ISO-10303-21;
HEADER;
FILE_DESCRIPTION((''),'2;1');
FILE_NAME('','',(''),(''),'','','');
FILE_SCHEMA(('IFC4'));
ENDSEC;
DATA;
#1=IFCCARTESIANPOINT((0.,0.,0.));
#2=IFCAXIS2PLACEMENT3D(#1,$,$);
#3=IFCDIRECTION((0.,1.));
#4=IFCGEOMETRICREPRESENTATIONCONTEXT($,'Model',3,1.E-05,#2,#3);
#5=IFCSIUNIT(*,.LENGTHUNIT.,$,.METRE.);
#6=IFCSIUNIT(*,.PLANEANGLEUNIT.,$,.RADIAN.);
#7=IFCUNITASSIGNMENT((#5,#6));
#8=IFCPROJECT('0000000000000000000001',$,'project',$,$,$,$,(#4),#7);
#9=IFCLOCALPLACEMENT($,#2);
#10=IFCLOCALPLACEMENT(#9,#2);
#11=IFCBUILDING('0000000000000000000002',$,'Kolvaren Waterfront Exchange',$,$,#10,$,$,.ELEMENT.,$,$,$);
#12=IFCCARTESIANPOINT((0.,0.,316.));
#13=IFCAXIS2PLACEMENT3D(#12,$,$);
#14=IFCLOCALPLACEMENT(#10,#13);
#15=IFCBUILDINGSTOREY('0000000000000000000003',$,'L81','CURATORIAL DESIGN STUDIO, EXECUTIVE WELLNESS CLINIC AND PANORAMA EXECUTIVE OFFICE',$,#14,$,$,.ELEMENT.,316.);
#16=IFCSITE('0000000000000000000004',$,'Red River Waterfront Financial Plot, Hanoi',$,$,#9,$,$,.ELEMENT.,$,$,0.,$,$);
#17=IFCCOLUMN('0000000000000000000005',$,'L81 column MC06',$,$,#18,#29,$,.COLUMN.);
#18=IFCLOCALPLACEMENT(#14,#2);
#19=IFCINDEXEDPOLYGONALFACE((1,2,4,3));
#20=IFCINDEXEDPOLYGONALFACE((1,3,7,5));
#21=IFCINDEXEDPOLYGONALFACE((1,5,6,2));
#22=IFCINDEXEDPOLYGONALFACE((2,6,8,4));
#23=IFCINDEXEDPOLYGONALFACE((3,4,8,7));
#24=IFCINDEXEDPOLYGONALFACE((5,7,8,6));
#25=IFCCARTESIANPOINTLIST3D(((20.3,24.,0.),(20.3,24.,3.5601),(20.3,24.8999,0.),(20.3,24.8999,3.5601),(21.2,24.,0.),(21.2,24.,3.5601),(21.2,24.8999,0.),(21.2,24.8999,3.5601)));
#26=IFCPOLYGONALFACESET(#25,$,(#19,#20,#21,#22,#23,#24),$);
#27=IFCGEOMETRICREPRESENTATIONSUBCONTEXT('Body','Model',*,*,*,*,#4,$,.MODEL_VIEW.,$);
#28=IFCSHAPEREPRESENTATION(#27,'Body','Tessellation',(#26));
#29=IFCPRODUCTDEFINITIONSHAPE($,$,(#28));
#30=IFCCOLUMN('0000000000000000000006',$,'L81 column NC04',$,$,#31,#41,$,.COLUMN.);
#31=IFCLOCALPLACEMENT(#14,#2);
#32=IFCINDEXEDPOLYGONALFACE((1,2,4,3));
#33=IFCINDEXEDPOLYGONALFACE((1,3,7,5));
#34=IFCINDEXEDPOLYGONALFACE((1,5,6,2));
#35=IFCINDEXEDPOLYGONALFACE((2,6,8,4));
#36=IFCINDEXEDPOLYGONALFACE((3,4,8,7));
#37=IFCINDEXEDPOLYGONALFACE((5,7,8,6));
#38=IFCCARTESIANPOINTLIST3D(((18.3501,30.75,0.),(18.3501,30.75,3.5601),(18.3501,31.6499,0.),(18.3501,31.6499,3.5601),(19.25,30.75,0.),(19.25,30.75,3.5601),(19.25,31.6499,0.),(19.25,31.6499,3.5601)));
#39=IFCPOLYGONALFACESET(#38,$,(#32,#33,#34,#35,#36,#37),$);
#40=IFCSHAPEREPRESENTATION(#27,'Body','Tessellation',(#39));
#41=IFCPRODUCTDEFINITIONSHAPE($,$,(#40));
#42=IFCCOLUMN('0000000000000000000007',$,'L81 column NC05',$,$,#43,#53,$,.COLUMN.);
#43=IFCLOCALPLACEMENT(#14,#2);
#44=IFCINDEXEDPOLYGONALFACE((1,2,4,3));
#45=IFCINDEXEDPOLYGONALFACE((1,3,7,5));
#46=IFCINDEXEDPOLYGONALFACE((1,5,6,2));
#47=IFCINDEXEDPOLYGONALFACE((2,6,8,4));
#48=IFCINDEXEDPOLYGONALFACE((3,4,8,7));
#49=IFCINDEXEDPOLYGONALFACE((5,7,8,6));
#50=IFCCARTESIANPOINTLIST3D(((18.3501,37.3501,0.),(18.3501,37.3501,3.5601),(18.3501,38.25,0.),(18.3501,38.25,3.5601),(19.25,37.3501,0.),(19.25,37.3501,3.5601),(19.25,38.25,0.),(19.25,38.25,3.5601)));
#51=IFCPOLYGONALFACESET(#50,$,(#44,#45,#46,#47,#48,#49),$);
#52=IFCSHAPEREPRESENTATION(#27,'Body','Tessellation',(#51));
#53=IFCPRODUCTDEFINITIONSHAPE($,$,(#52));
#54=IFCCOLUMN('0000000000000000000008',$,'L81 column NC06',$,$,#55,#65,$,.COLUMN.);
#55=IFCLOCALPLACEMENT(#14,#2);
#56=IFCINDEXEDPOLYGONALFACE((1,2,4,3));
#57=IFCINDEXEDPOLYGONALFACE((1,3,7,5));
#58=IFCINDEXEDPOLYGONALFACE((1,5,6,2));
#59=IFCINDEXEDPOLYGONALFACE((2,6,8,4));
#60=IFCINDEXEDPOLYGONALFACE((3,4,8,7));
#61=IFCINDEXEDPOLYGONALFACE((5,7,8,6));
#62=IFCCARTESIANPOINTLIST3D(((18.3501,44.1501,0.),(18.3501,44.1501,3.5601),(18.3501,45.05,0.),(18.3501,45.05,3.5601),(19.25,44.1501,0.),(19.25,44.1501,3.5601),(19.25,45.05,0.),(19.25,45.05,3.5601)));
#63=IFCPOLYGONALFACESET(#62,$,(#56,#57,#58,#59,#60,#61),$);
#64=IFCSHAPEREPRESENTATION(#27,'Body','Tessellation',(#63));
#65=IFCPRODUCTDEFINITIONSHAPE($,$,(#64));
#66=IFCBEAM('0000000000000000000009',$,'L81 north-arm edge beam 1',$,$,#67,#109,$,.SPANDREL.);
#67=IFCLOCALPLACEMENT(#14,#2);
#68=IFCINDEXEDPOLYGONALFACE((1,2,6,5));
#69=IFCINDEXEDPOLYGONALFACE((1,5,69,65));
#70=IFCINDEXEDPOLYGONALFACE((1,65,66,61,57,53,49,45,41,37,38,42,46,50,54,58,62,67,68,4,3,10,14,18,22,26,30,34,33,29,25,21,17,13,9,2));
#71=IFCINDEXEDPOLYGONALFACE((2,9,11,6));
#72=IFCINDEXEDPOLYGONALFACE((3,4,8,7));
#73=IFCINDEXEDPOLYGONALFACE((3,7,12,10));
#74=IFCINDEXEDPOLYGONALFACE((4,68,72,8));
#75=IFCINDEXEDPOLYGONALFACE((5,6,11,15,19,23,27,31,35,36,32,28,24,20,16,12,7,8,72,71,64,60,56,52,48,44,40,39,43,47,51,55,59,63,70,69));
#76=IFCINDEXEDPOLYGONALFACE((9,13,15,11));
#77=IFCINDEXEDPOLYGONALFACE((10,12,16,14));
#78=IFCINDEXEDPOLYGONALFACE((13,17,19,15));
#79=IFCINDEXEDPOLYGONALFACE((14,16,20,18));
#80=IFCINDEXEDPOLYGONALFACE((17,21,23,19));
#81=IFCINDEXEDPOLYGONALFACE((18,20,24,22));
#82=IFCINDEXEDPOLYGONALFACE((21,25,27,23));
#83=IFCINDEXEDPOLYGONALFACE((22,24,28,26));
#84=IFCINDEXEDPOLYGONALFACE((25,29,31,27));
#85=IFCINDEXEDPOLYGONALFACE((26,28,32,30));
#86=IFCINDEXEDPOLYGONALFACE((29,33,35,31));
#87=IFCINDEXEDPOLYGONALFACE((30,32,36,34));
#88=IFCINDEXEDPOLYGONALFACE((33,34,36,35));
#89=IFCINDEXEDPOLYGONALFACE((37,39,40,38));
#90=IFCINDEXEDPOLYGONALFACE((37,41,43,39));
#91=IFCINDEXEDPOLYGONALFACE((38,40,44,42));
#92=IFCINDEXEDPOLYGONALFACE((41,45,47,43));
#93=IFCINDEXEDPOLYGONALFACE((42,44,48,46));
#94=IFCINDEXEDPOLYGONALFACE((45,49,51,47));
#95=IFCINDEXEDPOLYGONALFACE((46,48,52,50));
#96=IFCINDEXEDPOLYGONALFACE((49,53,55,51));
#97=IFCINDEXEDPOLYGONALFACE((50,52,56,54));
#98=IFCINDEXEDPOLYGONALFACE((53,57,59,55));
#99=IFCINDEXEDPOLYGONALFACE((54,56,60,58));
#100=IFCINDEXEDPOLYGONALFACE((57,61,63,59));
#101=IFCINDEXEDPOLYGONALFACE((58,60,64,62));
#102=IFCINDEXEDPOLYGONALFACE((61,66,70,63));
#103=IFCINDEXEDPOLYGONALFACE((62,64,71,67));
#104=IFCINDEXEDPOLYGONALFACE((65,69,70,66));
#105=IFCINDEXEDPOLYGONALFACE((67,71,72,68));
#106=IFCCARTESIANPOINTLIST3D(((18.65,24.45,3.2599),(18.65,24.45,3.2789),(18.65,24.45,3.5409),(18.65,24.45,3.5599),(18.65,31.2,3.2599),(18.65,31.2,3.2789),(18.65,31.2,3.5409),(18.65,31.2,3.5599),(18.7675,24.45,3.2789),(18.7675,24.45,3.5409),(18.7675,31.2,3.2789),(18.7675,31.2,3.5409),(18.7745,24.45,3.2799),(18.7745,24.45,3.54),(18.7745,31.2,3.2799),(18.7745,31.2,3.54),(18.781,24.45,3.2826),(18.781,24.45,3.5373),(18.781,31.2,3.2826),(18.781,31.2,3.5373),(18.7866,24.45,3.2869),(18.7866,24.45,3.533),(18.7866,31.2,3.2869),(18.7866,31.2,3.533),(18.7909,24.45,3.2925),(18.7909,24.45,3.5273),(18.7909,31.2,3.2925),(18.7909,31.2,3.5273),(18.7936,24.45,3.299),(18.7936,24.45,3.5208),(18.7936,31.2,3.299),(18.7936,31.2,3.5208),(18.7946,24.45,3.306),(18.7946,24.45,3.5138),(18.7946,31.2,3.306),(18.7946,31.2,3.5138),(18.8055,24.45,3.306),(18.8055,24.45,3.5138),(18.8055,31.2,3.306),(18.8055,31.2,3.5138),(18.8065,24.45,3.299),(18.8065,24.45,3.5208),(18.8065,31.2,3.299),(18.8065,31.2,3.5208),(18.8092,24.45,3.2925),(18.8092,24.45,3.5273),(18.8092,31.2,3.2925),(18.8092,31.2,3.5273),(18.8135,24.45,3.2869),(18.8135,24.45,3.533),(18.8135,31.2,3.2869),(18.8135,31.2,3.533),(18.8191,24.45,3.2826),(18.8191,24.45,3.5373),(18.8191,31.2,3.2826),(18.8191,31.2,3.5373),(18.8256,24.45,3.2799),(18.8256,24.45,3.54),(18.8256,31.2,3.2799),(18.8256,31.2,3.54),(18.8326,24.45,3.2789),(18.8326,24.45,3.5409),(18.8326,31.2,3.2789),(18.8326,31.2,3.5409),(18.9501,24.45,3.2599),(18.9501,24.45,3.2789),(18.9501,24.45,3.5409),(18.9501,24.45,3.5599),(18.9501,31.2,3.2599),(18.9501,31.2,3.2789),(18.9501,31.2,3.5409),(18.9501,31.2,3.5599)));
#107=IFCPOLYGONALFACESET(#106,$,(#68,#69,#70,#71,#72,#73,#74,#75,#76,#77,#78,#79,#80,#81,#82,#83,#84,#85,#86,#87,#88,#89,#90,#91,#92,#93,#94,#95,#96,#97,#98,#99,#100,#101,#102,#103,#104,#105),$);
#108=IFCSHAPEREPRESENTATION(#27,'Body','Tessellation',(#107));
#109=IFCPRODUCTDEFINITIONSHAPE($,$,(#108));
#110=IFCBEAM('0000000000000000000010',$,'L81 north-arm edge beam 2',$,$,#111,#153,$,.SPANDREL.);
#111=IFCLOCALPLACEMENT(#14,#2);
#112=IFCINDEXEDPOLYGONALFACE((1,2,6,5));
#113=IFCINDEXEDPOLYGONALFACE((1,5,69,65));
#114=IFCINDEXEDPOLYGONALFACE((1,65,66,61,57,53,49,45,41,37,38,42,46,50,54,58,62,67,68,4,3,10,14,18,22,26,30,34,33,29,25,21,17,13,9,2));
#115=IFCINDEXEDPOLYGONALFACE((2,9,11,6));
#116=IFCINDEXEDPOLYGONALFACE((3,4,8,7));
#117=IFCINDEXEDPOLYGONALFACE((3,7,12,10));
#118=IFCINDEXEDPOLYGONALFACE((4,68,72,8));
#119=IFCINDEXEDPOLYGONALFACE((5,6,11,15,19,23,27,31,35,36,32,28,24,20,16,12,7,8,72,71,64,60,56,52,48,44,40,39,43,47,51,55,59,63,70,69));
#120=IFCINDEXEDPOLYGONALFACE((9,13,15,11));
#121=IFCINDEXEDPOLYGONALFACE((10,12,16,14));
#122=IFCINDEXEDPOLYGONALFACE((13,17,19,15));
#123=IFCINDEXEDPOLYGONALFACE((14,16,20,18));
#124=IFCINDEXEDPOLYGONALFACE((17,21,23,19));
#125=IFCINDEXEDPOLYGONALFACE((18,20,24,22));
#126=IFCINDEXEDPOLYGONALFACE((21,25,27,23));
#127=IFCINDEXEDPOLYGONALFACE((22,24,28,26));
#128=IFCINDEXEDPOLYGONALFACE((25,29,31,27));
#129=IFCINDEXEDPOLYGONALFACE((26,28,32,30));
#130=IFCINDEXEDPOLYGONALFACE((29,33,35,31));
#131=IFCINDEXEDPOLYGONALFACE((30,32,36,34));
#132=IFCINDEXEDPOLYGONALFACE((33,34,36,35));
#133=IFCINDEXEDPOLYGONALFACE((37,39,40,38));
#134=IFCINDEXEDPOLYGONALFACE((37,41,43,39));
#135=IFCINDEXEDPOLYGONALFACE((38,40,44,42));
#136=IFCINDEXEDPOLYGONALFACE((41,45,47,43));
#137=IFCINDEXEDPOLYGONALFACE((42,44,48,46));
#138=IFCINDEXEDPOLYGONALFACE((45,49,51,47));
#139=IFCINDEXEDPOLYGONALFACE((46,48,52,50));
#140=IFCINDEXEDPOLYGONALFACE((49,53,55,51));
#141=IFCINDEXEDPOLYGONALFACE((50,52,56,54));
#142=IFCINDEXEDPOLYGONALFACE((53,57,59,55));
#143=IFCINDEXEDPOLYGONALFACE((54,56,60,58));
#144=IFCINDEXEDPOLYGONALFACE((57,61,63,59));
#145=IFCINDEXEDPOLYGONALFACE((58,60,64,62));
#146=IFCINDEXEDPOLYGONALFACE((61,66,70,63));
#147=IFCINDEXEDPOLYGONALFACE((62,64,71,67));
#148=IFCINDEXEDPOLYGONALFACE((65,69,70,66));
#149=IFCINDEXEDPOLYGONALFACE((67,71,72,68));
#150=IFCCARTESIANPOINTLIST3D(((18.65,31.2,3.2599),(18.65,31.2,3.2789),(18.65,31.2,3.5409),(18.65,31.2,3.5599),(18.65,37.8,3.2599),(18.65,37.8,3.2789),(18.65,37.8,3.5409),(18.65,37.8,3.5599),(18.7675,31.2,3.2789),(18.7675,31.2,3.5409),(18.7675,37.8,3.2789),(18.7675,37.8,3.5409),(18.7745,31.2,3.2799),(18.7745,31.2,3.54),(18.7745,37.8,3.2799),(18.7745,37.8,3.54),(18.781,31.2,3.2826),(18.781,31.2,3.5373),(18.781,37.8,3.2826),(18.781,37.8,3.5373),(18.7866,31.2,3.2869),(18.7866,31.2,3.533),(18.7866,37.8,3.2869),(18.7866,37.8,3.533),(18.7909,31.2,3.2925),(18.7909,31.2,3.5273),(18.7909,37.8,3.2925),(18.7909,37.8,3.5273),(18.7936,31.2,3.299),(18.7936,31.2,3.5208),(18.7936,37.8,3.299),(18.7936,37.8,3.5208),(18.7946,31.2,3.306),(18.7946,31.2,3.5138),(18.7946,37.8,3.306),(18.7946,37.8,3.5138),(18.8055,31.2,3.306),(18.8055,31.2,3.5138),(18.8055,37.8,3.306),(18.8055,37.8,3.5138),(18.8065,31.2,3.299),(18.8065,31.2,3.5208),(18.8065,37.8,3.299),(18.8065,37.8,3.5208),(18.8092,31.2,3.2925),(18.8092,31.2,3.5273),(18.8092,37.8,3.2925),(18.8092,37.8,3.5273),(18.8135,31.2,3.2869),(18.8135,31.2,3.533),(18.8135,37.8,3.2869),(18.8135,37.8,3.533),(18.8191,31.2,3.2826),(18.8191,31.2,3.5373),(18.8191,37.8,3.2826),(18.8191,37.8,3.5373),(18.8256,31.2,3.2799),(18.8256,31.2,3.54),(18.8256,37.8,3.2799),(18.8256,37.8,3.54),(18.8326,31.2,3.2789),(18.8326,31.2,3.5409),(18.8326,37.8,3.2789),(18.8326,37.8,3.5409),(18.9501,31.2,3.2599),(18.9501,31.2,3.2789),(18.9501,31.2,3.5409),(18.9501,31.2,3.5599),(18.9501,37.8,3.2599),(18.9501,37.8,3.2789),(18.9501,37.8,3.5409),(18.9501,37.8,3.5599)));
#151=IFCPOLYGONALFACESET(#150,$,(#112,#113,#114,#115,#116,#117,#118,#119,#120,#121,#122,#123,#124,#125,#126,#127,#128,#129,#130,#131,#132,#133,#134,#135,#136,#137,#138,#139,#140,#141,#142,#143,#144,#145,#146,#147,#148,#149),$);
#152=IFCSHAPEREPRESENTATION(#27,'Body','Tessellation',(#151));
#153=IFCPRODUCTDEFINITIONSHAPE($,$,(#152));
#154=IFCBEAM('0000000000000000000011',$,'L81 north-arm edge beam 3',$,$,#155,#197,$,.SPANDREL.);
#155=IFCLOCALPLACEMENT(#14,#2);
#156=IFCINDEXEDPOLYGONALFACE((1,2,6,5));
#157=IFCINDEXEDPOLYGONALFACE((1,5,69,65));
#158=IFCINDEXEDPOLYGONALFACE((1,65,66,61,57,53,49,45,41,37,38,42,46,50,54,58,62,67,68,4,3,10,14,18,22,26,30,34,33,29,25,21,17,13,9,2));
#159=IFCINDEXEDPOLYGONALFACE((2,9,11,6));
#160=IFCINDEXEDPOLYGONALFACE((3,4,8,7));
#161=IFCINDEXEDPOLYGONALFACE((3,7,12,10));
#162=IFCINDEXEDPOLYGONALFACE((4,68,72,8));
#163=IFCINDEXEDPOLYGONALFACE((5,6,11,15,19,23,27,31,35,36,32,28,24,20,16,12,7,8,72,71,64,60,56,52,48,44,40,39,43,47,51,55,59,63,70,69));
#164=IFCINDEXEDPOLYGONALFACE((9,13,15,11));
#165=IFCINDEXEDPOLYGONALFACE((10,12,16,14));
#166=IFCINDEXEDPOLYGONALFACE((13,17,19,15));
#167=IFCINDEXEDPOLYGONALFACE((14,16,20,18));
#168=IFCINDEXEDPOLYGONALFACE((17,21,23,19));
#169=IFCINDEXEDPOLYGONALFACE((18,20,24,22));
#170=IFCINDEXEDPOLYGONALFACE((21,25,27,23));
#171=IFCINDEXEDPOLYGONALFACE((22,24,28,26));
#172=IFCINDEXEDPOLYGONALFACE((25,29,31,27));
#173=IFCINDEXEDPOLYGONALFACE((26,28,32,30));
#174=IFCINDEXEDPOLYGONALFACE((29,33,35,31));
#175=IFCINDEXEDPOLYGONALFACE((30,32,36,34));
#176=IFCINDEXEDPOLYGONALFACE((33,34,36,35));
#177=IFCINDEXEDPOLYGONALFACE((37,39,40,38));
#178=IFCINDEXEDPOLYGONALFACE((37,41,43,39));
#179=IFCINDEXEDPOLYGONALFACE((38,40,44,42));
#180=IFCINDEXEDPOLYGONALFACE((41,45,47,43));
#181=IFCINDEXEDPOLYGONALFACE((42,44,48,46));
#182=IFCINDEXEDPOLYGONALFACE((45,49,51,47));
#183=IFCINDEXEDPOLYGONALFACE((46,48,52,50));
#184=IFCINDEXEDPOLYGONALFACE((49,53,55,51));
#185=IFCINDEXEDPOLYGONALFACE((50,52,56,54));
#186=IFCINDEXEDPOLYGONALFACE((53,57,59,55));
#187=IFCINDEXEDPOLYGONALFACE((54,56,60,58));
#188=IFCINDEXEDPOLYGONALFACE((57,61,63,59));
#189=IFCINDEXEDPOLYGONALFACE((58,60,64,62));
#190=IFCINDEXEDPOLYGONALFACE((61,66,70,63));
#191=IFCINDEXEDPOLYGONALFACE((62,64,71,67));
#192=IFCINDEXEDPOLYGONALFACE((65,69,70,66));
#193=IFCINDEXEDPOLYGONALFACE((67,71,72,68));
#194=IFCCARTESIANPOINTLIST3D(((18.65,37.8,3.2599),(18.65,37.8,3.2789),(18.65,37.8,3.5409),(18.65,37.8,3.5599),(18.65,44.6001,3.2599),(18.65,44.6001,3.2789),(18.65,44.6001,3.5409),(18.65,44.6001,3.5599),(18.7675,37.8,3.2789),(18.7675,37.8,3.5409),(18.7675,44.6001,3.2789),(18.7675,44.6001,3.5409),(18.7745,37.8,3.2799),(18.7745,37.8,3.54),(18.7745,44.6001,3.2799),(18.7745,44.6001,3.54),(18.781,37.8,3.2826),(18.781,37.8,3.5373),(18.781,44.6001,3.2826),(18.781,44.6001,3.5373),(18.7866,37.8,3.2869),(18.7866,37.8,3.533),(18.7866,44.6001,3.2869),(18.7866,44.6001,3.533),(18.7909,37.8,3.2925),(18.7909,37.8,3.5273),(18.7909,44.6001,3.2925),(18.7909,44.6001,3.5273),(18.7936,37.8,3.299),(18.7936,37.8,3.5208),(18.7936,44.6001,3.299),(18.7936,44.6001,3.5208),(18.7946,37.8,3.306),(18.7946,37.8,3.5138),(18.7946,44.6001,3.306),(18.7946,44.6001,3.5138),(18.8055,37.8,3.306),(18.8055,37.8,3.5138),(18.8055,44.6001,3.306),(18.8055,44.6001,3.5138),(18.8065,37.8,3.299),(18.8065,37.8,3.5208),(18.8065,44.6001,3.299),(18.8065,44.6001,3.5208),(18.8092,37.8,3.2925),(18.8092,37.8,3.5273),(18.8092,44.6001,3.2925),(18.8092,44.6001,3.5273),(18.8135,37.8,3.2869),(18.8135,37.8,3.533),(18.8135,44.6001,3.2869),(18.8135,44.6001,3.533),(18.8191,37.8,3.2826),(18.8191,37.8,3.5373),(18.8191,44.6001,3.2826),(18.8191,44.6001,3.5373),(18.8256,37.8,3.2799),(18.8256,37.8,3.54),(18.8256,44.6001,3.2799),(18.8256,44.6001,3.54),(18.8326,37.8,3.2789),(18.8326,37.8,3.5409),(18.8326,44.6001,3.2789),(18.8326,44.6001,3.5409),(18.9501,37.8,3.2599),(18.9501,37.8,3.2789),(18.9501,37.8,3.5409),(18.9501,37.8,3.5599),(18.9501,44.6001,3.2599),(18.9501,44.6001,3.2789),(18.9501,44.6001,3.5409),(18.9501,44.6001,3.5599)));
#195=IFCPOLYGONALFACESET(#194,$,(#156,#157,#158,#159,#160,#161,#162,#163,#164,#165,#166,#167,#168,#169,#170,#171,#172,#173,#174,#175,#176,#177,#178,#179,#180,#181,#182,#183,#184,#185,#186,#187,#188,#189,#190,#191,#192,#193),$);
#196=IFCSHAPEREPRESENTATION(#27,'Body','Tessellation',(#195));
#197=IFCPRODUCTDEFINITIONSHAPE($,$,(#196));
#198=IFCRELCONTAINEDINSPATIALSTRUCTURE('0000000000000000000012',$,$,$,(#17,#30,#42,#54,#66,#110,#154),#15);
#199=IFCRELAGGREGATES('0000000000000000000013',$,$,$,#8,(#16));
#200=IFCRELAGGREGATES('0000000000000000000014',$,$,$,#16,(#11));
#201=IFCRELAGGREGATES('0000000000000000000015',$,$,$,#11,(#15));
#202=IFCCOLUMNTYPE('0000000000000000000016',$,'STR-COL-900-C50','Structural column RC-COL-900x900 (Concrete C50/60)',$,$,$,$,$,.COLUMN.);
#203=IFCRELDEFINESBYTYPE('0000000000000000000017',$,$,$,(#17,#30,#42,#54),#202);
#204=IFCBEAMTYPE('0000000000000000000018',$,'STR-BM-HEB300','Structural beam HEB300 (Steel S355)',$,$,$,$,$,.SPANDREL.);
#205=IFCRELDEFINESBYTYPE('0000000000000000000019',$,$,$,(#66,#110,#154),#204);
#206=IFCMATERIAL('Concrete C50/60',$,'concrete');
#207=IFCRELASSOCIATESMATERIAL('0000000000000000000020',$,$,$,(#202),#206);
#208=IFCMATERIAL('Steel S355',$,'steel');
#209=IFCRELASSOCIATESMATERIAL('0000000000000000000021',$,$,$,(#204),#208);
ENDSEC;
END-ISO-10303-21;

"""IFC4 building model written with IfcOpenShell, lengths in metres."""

from ifc_helpers import new_model, si_unit, direction, frame, origin, origin_2d, place, context, subcontext, project, spatial, rectangle, i_section, extrude, material, material_profile, profile_set, type_object, element, save


model = new_model("IFC4")

# Units and contexts
model_context = context("Model", 3, precision=1e-05, world=origin(), true_north=direction((0.0, 1.0)))
body_context = subcontext(model_context, "Body", "Model", "MODEL_VIEW")
ifc_project = project(units=[si_unit("LENGTHUNIT", "METRE"), si_unit("PLANEANGLEUNIT", "RADIAN")], contexts=[model_context])

# Site, building, storey
site_placement = place(None, origin())
site = spatial("IfcSite", under=ifc_project, at=site_placement, Name="Red River Waterfront Financial Plot, Hanoi", CompositionType="ELEMENT", RefElevation=0.0)
building_placement = place(site_placement, origin())
building = spatial("IfcBuilding", under=site, at=building_placement, Name="Kolvaren Waterfront Exchange", CompositionType="ELEMENT")
storey_placement = place(building_placement, frame((0.0, 0.0, 316.0)))
storey = spatial("IfcBuildingStorey", under=building, at=storey_placement, Name="L81", Description="CURATORIAL DESIGN STUDIO, EXECUTIVE WELLNESS CLINIC AND PANORAMA EXECUTIVE OFFICE", CompositionType="ELEMENT", Elevation=316.0)

# Columns
ifc_material_1 = material(Name="Concrete C50/60", Category="concrete")
ifc_material_profile_1 = material_profile(ifc_material_1, rectangle(XDim=0.8999, YDim=0.8999, at=origin_2d()), Name="RC-COL-900x900")
ifc_profile_set_1 = profile_set([ifc_material_profile_1], Name="Concrete C50/60")
column_type = type_object("IfcColumnType", Name="STR-COL-900-C50", Description="Structural column RC-COL-900x900 (Concrete C50/60)", PredefinedType="COLUMN", material=ifc_profile_set_1)
for number, where, z_axis, x_axis, name in (
    (1, (20.75, 24.45, 0.0), (0.0, 0.0, 1.0), (1.0, 0.0, 0.0), "L81 column MC06"),
    (2, (18.8, 31.2, 0.0), (0.0, 0.0, 1.0), (1.0, 0.0, 0.0), "L81 column NC04"),
    (3, (18.8, 37.8, 0.0), (0.0, 0.0, 1.0), (1.0, 0.0, 0.0), "L81 column NC05"),
    (4, (18.8, 44.6001, 0.0), (0.0, 0.0, 1.0), (1.0, 0.0, 0.0), "L81 column NC06"),
):
    element("IfcColumn", number, at=place(storey_placement, frame(where, z_axis=z_axis, x_axis=x_axis)), inside=storey, type_object=column_type, Name=name, PredefinedType="COLUMN", context=body_context, shape_type="SweptSolid", body=[
        extrude(rectangle(XDim=0.8999, YDim=0.8999, at=origin_2d()), origin(), (0.0, 0.0, 1.0), 3.5601),
    ])

# Beams
ifc_material_2 = material(Name="Steel S355", Category="steel")
ifc_material_profile_2 = material_profile(ifc_material_2, i_section(OverallWidth=0.3, OverallDepth=0.3, WebThickness=0.011, FlangeThickness=0.019, FilletRadius=0.0271, at=origin_2d()), Name="HEB300")
ifc_profile_set_2 = profile_set([ifc_material_profile_2], Name="Steel S355")
beam_type = type_object("IfcBeamType", Name="STR-BM-HEB300", Description="Structural beam HEB300 (Steel S355)", PredefinedType="SPANDREL", material=ifc_profile_set_2)
beam_1_placement = place(storey_placement, frame((18.8, 24.45, 3.4099), z_axis=(0.0, 1.0, 0.0), x_axis=(-1.0, 0.0, 0.0)))
element("IfcBeam", 5, at=beam_1_placement, inside=storey, type_object=beam_type, Name="L81 north-arm edge beam 1", PredefinedType="SPANDREL", context=body_context, shape_type="SweptSolid", body=[
    extrude(i_section(OverallWidth=0.3, OverallDepth=0.3, WebThickness=0.011, FlangeThickness=0.019, FilletRadius=0.0271, at=origin_2d()), origin(), (0.0, 0.0, 1.0), 6.75),
])
beam_2_placement = place(storey_placement, frame((18.8, 31.2, 3.4099), z_axis=(0.0, 1.0, 0.0), x_axis=(-1.0, 0.0, 0.0)))
element("IfcBeam", 6, at=beam_2_placement, inside=storey, type_object=beam_type, Name="L81 north-arm edge beam 2", PredefinedType="SPANDREL", context=body_context, shape_type="SweptSolid", body=[
    extrude(i_section(OverallWidth=0.3, OverallDepth=0.3, WebThickness=0.011, FlangeThickness=0.019, FilletRadius=0.0271, at=origin_2d()), origin(), (0.0, 0.0, 1.0), 6.6001),
])
beam_3_placement = place(storey_placement, frame((18.8, 37.8, 3.4099), z_axis=(0.0, 1.0, 0.0), x_axis=(-1.0, 0.0, 0.0)))
element("IfcBeam", 7, at=beam_3_placement, inside=storey, type_object=beam_type, Name="L81 north-arm edge beam 3", PredefinedType="SPANDREL", context=body_context, shape_type="SweptSolid", body=[
    extrude(i_section(OverallWidth=0.3, OverallDepth=0.3, WebThickness=0.011, FlangeThickness=0.019, FilletRadius=0.0271, at=origin_2d()), origin(), (0.0, 0.0, 1.0), 6.8),
])

save(model, "model.ifc")
